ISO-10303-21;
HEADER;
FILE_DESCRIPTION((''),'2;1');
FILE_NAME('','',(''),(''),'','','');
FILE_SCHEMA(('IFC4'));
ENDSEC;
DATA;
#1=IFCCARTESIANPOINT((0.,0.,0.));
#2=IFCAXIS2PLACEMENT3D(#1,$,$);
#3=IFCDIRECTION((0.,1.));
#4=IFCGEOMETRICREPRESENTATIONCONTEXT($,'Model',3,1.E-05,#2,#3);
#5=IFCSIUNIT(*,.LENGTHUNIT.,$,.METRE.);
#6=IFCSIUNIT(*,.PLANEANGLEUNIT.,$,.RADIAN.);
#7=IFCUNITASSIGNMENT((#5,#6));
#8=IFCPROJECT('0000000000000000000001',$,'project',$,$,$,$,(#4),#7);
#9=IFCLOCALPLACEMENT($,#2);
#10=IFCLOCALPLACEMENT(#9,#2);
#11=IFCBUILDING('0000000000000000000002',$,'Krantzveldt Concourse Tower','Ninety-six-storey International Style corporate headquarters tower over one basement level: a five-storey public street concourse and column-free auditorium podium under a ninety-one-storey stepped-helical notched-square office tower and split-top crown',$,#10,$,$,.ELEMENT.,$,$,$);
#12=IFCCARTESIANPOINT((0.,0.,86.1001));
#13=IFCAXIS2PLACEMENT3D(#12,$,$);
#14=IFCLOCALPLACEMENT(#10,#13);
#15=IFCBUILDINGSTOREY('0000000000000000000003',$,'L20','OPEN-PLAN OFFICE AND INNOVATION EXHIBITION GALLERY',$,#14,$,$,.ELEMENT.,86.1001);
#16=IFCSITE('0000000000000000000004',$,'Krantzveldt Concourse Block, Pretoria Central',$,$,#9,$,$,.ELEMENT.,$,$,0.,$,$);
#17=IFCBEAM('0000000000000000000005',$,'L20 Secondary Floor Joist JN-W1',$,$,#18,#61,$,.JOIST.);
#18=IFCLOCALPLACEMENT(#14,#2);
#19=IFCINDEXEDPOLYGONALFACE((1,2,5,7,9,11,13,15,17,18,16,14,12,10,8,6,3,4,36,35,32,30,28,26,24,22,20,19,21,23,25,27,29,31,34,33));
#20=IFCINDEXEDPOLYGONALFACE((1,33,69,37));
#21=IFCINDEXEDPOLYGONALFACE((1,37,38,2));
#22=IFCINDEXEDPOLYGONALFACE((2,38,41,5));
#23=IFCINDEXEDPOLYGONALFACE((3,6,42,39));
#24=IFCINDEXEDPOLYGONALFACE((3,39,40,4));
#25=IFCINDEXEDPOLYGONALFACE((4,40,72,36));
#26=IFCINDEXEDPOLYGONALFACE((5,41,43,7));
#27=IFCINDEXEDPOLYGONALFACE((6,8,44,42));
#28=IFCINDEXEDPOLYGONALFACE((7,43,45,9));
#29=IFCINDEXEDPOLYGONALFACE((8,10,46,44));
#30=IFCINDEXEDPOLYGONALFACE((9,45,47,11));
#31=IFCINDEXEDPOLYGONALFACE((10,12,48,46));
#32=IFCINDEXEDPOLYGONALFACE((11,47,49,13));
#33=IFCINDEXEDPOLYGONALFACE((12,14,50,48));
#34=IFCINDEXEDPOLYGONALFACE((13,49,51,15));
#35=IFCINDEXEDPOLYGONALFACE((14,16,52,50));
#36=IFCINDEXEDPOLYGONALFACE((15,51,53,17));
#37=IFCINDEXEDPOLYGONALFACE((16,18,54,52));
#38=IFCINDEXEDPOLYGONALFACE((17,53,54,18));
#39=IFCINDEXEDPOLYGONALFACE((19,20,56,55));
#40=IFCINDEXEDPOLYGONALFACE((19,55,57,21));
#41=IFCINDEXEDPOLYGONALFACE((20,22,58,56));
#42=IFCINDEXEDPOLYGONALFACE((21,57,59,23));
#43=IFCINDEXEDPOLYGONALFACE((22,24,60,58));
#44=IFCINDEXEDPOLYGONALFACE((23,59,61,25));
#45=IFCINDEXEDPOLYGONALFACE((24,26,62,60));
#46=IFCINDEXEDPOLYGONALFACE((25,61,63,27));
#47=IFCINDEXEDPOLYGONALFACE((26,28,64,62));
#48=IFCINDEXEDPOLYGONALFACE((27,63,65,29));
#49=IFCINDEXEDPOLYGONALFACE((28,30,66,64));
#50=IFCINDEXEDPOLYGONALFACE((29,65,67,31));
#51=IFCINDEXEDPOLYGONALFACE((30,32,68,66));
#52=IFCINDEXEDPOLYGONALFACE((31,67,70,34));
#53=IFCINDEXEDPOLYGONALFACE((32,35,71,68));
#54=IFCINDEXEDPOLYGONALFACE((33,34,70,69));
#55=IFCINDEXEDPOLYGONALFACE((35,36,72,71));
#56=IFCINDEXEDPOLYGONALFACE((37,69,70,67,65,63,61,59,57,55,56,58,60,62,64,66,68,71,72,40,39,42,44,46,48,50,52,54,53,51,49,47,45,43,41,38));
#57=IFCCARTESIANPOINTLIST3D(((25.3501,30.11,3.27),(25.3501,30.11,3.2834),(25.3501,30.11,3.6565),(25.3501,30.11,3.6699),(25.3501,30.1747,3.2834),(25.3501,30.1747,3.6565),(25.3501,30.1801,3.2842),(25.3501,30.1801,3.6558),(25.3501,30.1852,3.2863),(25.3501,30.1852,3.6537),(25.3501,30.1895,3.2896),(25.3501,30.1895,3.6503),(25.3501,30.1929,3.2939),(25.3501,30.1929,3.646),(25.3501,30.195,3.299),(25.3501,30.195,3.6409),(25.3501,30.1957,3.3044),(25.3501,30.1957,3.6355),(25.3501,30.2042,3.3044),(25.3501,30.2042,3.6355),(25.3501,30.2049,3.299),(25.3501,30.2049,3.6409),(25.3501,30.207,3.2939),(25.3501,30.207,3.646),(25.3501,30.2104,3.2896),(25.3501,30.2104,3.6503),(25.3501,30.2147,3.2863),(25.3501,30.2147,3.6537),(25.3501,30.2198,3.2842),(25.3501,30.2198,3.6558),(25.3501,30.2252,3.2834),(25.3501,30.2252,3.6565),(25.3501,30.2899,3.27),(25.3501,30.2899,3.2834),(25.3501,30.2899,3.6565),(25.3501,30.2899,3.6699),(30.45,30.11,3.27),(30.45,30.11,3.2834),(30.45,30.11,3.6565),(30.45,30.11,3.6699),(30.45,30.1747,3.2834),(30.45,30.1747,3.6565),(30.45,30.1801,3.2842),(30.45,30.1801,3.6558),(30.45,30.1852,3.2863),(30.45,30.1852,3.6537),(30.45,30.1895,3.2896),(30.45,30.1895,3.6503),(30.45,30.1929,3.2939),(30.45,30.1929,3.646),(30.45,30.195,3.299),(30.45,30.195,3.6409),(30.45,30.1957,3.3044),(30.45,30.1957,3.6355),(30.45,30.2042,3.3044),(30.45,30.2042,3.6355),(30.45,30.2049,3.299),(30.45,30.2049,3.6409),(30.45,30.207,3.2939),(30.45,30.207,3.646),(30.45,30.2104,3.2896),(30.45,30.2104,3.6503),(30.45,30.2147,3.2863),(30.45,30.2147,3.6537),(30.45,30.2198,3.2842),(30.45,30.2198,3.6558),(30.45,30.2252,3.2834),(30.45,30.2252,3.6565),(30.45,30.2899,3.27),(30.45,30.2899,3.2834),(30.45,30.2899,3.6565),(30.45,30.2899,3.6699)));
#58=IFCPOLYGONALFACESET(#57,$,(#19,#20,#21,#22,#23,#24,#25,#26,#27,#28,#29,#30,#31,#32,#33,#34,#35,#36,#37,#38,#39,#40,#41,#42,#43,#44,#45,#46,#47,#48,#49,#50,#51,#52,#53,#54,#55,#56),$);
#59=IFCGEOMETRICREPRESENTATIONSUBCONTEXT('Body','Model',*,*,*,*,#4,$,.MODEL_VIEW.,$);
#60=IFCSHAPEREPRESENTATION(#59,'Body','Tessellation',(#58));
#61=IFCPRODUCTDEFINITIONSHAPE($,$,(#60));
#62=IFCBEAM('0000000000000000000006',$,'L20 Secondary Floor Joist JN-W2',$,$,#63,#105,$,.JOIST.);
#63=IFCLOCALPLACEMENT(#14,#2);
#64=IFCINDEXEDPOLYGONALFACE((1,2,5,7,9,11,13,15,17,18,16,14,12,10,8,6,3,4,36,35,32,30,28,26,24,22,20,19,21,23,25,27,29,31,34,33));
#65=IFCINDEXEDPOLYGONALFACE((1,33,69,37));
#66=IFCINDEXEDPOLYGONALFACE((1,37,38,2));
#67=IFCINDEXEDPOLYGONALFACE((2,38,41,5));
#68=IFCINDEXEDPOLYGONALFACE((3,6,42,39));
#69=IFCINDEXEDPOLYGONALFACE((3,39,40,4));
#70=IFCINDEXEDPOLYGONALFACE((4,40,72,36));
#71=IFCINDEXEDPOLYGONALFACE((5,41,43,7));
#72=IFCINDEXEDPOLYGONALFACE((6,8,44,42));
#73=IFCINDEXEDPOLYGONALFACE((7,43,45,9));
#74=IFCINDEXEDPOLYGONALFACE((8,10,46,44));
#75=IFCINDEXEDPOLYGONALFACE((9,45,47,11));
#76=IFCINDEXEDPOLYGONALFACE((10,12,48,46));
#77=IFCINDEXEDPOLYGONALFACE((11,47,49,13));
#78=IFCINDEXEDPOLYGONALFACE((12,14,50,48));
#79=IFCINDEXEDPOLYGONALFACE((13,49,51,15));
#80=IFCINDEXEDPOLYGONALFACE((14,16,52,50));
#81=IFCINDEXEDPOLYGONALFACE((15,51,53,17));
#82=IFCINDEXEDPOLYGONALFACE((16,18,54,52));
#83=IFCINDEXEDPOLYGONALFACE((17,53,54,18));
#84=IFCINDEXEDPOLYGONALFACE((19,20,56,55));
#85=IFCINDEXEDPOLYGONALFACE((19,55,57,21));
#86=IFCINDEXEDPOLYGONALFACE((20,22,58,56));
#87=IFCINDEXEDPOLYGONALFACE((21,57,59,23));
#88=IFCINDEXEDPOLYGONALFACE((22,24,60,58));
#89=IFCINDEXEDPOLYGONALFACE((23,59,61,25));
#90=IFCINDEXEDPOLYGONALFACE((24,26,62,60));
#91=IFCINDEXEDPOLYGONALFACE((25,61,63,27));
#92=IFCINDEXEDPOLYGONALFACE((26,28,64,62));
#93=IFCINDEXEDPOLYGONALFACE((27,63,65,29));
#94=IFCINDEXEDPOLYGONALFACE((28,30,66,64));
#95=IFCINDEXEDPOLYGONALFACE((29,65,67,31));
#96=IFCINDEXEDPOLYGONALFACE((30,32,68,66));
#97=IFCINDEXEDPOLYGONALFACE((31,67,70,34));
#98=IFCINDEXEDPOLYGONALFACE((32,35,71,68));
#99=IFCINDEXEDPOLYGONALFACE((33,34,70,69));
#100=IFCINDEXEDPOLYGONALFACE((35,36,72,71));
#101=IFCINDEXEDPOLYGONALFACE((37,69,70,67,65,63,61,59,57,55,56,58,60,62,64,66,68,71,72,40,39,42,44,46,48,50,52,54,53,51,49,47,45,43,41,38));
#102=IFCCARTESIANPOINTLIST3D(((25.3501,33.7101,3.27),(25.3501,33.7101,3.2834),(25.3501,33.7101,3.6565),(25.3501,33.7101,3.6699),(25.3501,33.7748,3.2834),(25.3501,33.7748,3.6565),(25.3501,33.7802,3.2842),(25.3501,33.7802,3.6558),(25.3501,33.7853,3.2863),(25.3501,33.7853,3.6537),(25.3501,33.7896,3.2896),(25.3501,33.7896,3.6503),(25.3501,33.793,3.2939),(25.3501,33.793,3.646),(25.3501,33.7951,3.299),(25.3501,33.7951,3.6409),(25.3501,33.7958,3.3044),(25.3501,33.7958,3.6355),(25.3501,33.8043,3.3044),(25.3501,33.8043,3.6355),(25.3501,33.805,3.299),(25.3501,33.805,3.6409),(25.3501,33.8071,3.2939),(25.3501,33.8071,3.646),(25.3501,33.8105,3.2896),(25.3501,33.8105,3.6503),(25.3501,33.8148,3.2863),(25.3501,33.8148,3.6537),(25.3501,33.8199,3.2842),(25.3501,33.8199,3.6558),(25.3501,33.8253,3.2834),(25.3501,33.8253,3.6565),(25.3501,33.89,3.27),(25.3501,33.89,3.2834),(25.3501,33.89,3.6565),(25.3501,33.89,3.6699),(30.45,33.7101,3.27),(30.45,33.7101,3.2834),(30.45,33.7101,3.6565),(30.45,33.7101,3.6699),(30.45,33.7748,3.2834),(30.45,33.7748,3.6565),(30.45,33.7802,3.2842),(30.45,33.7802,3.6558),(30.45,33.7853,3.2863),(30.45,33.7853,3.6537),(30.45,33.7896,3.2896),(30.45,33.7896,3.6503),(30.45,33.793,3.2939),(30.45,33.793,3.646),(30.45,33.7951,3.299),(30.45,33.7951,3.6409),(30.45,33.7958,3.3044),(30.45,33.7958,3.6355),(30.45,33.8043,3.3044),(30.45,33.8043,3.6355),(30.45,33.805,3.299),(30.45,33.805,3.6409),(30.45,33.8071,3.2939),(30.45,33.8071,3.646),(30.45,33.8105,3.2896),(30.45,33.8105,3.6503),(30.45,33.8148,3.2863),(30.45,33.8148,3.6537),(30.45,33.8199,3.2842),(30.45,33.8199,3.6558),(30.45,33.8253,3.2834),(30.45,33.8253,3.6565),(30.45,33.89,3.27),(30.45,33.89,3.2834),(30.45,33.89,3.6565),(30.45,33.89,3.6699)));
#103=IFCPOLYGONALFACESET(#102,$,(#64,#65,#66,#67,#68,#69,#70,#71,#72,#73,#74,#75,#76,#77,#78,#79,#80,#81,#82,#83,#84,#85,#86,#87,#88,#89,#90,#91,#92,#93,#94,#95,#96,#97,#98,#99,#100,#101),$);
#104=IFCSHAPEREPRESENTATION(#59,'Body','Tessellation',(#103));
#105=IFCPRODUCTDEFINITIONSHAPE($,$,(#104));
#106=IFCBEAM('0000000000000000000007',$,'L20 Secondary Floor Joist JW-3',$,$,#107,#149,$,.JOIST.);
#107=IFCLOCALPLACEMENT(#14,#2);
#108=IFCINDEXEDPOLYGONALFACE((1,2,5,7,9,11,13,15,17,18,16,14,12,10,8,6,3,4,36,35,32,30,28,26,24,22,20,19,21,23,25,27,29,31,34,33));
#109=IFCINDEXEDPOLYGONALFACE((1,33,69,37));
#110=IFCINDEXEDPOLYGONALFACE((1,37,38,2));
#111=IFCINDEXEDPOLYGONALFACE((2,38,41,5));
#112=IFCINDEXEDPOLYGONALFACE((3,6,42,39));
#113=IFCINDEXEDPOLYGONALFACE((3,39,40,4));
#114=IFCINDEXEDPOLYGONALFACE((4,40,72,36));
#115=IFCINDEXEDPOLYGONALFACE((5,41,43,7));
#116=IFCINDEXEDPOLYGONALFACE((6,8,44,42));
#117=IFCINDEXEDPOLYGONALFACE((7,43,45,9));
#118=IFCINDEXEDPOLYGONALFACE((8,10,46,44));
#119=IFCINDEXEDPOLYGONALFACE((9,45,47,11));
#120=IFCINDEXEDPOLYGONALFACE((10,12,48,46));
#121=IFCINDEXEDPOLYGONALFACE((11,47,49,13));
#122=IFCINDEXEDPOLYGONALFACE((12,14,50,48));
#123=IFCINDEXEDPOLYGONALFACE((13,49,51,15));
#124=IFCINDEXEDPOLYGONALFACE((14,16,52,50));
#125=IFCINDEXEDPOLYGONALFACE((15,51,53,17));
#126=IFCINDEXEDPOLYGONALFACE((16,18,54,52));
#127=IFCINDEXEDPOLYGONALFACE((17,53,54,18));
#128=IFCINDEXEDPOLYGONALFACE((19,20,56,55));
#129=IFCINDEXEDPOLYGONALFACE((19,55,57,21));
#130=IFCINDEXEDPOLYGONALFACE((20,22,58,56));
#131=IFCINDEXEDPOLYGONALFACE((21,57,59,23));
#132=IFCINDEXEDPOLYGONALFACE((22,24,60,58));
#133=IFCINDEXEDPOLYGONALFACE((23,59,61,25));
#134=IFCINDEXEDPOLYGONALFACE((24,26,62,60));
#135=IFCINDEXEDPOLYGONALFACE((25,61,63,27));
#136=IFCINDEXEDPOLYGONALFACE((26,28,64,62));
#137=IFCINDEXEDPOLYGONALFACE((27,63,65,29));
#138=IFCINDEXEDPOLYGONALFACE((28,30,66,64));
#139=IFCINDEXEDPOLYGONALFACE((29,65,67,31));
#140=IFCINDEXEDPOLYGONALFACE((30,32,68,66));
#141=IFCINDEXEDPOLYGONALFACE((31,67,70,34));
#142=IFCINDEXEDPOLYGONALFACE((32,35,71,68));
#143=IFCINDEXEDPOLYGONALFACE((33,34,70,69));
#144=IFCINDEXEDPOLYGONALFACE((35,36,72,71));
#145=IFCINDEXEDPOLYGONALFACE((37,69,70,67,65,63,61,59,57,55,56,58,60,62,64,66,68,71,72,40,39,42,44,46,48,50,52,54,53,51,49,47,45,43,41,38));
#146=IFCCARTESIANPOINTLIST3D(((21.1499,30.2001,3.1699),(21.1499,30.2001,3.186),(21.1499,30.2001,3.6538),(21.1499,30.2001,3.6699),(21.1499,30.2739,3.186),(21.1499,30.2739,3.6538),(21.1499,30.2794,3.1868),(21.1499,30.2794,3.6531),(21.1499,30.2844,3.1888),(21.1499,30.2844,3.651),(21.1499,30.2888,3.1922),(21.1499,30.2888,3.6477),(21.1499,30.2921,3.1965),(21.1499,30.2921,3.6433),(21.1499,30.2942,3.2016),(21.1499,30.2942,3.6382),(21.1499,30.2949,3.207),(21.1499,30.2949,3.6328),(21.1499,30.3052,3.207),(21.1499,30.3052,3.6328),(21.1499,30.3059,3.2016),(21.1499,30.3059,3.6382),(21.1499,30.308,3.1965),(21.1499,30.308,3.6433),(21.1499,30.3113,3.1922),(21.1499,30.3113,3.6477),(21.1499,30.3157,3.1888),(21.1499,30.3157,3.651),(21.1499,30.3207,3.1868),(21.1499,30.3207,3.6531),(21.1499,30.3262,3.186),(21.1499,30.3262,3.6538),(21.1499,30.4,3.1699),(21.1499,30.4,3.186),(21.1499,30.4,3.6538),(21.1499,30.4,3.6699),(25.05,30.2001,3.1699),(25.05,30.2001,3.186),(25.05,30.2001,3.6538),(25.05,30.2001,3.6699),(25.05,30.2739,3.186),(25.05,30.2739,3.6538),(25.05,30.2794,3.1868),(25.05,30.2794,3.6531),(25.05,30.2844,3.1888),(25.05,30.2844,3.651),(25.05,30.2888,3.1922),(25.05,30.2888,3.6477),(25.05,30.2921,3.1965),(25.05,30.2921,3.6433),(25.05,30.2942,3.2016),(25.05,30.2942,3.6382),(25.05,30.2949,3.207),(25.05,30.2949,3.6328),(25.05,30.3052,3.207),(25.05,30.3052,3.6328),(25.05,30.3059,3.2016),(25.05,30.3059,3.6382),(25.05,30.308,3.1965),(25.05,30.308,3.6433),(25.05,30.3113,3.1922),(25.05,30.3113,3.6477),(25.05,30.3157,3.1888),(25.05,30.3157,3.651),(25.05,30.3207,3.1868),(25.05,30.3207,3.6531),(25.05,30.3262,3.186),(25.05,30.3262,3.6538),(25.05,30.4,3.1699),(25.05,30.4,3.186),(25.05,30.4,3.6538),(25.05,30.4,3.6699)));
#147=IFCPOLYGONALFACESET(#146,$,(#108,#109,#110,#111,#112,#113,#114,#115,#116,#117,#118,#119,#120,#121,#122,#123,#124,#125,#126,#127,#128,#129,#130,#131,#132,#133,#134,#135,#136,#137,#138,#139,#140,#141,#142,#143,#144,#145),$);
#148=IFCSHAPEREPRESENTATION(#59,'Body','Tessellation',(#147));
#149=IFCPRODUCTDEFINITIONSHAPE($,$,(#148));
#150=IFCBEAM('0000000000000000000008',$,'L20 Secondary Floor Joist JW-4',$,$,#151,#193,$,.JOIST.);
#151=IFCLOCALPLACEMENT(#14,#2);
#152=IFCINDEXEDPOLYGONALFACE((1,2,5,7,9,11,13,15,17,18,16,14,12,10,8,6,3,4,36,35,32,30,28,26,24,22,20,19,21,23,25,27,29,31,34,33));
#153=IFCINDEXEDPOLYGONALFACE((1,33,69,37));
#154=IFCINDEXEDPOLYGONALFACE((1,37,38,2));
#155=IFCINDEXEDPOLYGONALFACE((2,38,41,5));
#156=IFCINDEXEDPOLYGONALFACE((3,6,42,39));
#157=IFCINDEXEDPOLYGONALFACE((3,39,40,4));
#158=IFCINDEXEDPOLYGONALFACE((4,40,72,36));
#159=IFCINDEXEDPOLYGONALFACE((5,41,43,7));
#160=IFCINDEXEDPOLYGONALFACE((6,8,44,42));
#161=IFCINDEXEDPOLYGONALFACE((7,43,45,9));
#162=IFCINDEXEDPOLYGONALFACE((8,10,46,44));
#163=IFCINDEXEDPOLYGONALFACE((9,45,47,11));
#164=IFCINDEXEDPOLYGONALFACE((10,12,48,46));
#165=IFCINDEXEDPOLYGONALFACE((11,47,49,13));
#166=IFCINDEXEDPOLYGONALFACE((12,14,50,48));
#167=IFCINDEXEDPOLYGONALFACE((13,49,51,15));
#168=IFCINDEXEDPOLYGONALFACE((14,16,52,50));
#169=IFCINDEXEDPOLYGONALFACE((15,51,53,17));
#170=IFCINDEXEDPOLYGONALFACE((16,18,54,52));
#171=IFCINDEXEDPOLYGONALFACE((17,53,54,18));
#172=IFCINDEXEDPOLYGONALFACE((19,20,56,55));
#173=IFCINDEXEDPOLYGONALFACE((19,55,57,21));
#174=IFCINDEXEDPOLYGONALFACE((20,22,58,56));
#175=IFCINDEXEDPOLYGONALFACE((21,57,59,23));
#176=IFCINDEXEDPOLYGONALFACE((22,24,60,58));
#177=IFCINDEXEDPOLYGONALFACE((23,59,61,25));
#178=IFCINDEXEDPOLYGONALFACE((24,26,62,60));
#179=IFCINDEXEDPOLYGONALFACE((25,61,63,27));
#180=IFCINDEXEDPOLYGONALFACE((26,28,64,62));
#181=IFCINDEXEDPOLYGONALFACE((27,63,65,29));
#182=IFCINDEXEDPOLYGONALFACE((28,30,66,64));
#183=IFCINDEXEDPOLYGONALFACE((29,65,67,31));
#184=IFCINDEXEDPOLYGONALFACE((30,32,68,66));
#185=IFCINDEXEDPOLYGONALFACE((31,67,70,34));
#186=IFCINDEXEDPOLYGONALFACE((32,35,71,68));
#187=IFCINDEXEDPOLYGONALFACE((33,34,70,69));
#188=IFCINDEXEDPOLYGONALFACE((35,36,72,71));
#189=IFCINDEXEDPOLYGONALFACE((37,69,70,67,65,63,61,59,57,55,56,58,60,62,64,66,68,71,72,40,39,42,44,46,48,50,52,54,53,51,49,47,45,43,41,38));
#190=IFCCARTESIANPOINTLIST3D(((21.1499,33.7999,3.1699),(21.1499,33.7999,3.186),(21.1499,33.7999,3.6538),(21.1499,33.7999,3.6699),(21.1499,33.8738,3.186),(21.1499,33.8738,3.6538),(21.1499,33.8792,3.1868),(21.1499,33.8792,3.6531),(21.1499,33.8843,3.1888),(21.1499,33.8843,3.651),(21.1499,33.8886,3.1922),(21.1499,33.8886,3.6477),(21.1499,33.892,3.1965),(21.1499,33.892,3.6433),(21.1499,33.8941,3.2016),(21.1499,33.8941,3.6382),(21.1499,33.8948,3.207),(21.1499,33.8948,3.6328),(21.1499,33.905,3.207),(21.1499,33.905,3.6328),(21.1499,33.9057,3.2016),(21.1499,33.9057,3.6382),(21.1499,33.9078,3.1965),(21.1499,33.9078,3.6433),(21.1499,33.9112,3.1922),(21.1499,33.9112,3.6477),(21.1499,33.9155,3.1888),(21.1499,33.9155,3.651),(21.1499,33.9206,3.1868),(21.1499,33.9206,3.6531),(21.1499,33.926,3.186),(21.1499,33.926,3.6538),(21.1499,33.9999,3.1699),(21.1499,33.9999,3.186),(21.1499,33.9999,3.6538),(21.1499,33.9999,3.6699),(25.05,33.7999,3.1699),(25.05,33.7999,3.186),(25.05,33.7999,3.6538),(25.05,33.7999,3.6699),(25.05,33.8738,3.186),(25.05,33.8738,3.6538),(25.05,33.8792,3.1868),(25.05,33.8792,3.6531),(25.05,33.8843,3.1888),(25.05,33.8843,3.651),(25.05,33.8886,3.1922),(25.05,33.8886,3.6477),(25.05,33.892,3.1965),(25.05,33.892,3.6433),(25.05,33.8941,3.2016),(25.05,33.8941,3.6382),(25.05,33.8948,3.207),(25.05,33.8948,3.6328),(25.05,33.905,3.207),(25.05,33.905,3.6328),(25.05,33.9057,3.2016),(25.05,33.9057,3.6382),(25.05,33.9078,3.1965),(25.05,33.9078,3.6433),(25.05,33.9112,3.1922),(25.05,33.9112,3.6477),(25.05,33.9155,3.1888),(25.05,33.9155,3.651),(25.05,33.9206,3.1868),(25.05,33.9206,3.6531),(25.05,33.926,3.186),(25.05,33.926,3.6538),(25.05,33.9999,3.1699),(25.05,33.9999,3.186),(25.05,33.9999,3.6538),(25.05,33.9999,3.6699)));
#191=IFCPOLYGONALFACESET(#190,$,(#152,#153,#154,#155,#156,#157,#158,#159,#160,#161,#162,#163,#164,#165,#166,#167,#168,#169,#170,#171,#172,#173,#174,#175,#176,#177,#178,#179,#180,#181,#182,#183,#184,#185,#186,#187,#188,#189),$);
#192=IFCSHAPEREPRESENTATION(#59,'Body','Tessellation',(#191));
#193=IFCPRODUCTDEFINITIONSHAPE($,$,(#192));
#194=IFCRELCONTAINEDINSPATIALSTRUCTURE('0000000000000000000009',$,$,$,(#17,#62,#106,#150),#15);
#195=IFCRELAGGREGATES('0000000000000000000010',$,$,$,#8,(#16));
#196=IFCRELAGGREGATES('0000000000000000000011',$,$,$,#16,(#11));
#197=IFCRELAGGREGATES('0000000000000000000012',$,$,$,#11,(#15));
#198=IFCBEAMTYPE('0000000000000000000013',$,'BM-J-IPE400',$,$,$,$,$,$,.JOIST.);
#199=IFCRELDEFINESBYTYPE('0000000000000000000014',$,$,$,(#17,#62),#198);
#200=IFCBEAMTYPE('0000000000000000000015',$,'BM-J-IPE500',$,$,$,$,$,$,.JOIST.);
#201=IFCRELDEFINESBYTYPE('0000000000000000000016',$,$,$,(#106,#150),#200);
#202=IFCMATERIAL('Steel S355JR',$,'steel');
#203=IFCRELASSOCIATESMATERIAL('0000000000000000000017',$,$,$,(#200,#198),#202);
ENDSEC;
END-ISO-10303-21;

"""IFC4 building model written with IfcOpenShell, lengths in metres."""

from ifc_helpers import new_model, si_unit, direction, frame, origin, origin_2d, place, context, subcontext, project, spatial, i_section, extrude, source, transform, mapped, material, material_profile, profile_set, type_object, type_shapes, element, save


model = new_model("IFC4")

# Units and contexts
model_context = context("Model", 3, precision=1e-05, world=origin(), true_north=direction((0.0, 1.0)))
body_context = subcontext(model_context, "Body", "Model", "MODEL_VIEW")
ifc_project = project(units=[si_unit("LENGTHUNIT", "METRE"), si_unit("PLANEANGLEUNIT", "RADIAN")], contexts=[model_context])

# Site, building, storey
site_placement = place(None, origin())
site = spatial("IfcSite", under=ifc_project, at=site_placement, Name="Krantzveldt Concourse Block, Pretoria Central", CompositionType="ELEMENT", RefElevation=0.0)
building_placement = place(site_placement, origin())
building = spatial("IfcBuilding", under=site, at=building_placement, Name="Krantzveldt Concourse Tower", Description="Ninety-six-storey International Style corporate headquarters tower over one basement level: a five-storey public street concourse and column-free auditorium podium under a ninety-one-storey stepped-helical notched-square office tower and split-top crown", CompositionType="ELEMENT")
storey_placement = place(building_placement, frame((0.0, 0.0, 86.1001)))
storey = spatial("IfcBuildingStorey", under=building, at=storey_placement, Name="L20", Description="OPEN-PLAN OFFICE AND INNOVATION EXHIBITION GALLERY", CompositionType="ELEMENT", Elevation=86.1001)

# Beams
ifc_material_1 = material(Name="Steel S355JR", Category="steel")
ifc_material_profile_1 = material_profile(ifc_material_1, i_section(OverallWidth=0.2, OverallDepth=0.5, WebThickness=0.0103, FlangeThickness=0.0161, FilletRadius=0.021, at=origin_2d()), Name="Steel S355JR", Category="steel")
ifc_profile_set_1 = profile_set([ifc_material_profile_1], Name="Steel S355JR - IPE 500")
beam_type_1 = type_object("IfcBeamType", Name="BM-J-IPE500", PredefinedType="JOIST", material=ifc_profile_set_1)
ifc_material_profile_2 = material_profile(ifc_material_1, i_section(OverallWidth=0.1799, OverallDepth=0.3999, WebThickness=0.0085, FlangeThickness=0.0134, FilletRadius=0.021, at=origin_2d()), Name="Steel S355JR", Category="steel")
ifc_profile_set_2 = profile_set([ifc_material_profile_2], Name="Steel S355JR - IPE 400")
beam_type_2 = type_object("IfcBeamType", Name="BM-J-IPE400", PredefinedType="JOIST", material=ifc_profile_set_2)
shared_shape_1 = source(origin(), body_context, "Body", "SweptSolid", [
    extrude(i_section(OverallWidth=0.1799, OverallDepth=0.3999, WebThickness=0.0085, FlangeThickness=0.0134, FilletRadius=0.021, at=origin_2d()), origin(), (0.0, 0.0, 1.0), 5.0999),
])
type_shapes(beam_type_2, [shared_shape_1])
for number, where, z_axis, x_axis, name in (
    (1, (25.3501, 30.2, 3.47), (1.0, 0.0, 0.0), (0.0, 1.0, 0.0), "L20 Secondary Floor Joist JN-W1"),
    (2, (25.3501, 33.8, 3.47), (1.0, 0.0, 0.0), (0.0, 1.0, 0.0), "L20 Secondary Floor Joist JN-W2"),
):
    element("IfcBeam", number, at=place(storey_placement, frame(where, z_axis=z_axis, x_axis=x_axis)), inside=storey, type_object=beam_type_2, Name=name, PredefinedType="JOIST", context=body_context, shape_type="MappedRepresentation", body=[
        mapped(shared_shape_1, transform((0.0, 0.0, 0.0), x_axis=(1.0, 0.0, 0.0), y_axis=(0.0, 1.0, 0.0), z_axis=(0.0, 0.0, 1.0), scale=1.0)),
    ])
shared_shape_2 = source(origin(), body_context, "Body", "SweptSolid", [
    extrude(i_section(OverallWidth=0.2, OverallDepth=0.5, WebThickness=0.0103, FlangeThickness=0.0161, FilletRadius=0.021, at=origin_2d()), origin(), (0.0, 0.0, 1.0), 3.9001),
])
for number, where, z_axis, x_axis, name in (
    (3, (21.1499, 30.3, 3.4199), (1.0, 0.0, 0.0), (0.0, 1.0, 0.0), "L20 Secondary Floor Joist JW-3"),
    (4, (21.1499, 33.8999, 3.4199), (1.0, 0.0, 0.0), (0.0, 1.0, 0.0), "L20 Secondary Floor Joist JW-4"),
):
    element("IfcBeam", number, at=place(storey_placement, frame(where, z_axis=z_axis, x_axis=x_axis)), inside=storey, type_object=beam_type_1, Name=name, PredefinedType="JOIST", context=body_context, shape_type="MappedRepresentation", body=[
        mapped(shared_shape_2, transform((0.0, 0.0, 0.0), x_axis=(1.0, 0.0, 0.0), y_axis=(0.0, 1.0, 0.0), z_axis=(0.0, 0.0, 1.0), scale=1.0)),
    ])

save(model, "model.ifc")
